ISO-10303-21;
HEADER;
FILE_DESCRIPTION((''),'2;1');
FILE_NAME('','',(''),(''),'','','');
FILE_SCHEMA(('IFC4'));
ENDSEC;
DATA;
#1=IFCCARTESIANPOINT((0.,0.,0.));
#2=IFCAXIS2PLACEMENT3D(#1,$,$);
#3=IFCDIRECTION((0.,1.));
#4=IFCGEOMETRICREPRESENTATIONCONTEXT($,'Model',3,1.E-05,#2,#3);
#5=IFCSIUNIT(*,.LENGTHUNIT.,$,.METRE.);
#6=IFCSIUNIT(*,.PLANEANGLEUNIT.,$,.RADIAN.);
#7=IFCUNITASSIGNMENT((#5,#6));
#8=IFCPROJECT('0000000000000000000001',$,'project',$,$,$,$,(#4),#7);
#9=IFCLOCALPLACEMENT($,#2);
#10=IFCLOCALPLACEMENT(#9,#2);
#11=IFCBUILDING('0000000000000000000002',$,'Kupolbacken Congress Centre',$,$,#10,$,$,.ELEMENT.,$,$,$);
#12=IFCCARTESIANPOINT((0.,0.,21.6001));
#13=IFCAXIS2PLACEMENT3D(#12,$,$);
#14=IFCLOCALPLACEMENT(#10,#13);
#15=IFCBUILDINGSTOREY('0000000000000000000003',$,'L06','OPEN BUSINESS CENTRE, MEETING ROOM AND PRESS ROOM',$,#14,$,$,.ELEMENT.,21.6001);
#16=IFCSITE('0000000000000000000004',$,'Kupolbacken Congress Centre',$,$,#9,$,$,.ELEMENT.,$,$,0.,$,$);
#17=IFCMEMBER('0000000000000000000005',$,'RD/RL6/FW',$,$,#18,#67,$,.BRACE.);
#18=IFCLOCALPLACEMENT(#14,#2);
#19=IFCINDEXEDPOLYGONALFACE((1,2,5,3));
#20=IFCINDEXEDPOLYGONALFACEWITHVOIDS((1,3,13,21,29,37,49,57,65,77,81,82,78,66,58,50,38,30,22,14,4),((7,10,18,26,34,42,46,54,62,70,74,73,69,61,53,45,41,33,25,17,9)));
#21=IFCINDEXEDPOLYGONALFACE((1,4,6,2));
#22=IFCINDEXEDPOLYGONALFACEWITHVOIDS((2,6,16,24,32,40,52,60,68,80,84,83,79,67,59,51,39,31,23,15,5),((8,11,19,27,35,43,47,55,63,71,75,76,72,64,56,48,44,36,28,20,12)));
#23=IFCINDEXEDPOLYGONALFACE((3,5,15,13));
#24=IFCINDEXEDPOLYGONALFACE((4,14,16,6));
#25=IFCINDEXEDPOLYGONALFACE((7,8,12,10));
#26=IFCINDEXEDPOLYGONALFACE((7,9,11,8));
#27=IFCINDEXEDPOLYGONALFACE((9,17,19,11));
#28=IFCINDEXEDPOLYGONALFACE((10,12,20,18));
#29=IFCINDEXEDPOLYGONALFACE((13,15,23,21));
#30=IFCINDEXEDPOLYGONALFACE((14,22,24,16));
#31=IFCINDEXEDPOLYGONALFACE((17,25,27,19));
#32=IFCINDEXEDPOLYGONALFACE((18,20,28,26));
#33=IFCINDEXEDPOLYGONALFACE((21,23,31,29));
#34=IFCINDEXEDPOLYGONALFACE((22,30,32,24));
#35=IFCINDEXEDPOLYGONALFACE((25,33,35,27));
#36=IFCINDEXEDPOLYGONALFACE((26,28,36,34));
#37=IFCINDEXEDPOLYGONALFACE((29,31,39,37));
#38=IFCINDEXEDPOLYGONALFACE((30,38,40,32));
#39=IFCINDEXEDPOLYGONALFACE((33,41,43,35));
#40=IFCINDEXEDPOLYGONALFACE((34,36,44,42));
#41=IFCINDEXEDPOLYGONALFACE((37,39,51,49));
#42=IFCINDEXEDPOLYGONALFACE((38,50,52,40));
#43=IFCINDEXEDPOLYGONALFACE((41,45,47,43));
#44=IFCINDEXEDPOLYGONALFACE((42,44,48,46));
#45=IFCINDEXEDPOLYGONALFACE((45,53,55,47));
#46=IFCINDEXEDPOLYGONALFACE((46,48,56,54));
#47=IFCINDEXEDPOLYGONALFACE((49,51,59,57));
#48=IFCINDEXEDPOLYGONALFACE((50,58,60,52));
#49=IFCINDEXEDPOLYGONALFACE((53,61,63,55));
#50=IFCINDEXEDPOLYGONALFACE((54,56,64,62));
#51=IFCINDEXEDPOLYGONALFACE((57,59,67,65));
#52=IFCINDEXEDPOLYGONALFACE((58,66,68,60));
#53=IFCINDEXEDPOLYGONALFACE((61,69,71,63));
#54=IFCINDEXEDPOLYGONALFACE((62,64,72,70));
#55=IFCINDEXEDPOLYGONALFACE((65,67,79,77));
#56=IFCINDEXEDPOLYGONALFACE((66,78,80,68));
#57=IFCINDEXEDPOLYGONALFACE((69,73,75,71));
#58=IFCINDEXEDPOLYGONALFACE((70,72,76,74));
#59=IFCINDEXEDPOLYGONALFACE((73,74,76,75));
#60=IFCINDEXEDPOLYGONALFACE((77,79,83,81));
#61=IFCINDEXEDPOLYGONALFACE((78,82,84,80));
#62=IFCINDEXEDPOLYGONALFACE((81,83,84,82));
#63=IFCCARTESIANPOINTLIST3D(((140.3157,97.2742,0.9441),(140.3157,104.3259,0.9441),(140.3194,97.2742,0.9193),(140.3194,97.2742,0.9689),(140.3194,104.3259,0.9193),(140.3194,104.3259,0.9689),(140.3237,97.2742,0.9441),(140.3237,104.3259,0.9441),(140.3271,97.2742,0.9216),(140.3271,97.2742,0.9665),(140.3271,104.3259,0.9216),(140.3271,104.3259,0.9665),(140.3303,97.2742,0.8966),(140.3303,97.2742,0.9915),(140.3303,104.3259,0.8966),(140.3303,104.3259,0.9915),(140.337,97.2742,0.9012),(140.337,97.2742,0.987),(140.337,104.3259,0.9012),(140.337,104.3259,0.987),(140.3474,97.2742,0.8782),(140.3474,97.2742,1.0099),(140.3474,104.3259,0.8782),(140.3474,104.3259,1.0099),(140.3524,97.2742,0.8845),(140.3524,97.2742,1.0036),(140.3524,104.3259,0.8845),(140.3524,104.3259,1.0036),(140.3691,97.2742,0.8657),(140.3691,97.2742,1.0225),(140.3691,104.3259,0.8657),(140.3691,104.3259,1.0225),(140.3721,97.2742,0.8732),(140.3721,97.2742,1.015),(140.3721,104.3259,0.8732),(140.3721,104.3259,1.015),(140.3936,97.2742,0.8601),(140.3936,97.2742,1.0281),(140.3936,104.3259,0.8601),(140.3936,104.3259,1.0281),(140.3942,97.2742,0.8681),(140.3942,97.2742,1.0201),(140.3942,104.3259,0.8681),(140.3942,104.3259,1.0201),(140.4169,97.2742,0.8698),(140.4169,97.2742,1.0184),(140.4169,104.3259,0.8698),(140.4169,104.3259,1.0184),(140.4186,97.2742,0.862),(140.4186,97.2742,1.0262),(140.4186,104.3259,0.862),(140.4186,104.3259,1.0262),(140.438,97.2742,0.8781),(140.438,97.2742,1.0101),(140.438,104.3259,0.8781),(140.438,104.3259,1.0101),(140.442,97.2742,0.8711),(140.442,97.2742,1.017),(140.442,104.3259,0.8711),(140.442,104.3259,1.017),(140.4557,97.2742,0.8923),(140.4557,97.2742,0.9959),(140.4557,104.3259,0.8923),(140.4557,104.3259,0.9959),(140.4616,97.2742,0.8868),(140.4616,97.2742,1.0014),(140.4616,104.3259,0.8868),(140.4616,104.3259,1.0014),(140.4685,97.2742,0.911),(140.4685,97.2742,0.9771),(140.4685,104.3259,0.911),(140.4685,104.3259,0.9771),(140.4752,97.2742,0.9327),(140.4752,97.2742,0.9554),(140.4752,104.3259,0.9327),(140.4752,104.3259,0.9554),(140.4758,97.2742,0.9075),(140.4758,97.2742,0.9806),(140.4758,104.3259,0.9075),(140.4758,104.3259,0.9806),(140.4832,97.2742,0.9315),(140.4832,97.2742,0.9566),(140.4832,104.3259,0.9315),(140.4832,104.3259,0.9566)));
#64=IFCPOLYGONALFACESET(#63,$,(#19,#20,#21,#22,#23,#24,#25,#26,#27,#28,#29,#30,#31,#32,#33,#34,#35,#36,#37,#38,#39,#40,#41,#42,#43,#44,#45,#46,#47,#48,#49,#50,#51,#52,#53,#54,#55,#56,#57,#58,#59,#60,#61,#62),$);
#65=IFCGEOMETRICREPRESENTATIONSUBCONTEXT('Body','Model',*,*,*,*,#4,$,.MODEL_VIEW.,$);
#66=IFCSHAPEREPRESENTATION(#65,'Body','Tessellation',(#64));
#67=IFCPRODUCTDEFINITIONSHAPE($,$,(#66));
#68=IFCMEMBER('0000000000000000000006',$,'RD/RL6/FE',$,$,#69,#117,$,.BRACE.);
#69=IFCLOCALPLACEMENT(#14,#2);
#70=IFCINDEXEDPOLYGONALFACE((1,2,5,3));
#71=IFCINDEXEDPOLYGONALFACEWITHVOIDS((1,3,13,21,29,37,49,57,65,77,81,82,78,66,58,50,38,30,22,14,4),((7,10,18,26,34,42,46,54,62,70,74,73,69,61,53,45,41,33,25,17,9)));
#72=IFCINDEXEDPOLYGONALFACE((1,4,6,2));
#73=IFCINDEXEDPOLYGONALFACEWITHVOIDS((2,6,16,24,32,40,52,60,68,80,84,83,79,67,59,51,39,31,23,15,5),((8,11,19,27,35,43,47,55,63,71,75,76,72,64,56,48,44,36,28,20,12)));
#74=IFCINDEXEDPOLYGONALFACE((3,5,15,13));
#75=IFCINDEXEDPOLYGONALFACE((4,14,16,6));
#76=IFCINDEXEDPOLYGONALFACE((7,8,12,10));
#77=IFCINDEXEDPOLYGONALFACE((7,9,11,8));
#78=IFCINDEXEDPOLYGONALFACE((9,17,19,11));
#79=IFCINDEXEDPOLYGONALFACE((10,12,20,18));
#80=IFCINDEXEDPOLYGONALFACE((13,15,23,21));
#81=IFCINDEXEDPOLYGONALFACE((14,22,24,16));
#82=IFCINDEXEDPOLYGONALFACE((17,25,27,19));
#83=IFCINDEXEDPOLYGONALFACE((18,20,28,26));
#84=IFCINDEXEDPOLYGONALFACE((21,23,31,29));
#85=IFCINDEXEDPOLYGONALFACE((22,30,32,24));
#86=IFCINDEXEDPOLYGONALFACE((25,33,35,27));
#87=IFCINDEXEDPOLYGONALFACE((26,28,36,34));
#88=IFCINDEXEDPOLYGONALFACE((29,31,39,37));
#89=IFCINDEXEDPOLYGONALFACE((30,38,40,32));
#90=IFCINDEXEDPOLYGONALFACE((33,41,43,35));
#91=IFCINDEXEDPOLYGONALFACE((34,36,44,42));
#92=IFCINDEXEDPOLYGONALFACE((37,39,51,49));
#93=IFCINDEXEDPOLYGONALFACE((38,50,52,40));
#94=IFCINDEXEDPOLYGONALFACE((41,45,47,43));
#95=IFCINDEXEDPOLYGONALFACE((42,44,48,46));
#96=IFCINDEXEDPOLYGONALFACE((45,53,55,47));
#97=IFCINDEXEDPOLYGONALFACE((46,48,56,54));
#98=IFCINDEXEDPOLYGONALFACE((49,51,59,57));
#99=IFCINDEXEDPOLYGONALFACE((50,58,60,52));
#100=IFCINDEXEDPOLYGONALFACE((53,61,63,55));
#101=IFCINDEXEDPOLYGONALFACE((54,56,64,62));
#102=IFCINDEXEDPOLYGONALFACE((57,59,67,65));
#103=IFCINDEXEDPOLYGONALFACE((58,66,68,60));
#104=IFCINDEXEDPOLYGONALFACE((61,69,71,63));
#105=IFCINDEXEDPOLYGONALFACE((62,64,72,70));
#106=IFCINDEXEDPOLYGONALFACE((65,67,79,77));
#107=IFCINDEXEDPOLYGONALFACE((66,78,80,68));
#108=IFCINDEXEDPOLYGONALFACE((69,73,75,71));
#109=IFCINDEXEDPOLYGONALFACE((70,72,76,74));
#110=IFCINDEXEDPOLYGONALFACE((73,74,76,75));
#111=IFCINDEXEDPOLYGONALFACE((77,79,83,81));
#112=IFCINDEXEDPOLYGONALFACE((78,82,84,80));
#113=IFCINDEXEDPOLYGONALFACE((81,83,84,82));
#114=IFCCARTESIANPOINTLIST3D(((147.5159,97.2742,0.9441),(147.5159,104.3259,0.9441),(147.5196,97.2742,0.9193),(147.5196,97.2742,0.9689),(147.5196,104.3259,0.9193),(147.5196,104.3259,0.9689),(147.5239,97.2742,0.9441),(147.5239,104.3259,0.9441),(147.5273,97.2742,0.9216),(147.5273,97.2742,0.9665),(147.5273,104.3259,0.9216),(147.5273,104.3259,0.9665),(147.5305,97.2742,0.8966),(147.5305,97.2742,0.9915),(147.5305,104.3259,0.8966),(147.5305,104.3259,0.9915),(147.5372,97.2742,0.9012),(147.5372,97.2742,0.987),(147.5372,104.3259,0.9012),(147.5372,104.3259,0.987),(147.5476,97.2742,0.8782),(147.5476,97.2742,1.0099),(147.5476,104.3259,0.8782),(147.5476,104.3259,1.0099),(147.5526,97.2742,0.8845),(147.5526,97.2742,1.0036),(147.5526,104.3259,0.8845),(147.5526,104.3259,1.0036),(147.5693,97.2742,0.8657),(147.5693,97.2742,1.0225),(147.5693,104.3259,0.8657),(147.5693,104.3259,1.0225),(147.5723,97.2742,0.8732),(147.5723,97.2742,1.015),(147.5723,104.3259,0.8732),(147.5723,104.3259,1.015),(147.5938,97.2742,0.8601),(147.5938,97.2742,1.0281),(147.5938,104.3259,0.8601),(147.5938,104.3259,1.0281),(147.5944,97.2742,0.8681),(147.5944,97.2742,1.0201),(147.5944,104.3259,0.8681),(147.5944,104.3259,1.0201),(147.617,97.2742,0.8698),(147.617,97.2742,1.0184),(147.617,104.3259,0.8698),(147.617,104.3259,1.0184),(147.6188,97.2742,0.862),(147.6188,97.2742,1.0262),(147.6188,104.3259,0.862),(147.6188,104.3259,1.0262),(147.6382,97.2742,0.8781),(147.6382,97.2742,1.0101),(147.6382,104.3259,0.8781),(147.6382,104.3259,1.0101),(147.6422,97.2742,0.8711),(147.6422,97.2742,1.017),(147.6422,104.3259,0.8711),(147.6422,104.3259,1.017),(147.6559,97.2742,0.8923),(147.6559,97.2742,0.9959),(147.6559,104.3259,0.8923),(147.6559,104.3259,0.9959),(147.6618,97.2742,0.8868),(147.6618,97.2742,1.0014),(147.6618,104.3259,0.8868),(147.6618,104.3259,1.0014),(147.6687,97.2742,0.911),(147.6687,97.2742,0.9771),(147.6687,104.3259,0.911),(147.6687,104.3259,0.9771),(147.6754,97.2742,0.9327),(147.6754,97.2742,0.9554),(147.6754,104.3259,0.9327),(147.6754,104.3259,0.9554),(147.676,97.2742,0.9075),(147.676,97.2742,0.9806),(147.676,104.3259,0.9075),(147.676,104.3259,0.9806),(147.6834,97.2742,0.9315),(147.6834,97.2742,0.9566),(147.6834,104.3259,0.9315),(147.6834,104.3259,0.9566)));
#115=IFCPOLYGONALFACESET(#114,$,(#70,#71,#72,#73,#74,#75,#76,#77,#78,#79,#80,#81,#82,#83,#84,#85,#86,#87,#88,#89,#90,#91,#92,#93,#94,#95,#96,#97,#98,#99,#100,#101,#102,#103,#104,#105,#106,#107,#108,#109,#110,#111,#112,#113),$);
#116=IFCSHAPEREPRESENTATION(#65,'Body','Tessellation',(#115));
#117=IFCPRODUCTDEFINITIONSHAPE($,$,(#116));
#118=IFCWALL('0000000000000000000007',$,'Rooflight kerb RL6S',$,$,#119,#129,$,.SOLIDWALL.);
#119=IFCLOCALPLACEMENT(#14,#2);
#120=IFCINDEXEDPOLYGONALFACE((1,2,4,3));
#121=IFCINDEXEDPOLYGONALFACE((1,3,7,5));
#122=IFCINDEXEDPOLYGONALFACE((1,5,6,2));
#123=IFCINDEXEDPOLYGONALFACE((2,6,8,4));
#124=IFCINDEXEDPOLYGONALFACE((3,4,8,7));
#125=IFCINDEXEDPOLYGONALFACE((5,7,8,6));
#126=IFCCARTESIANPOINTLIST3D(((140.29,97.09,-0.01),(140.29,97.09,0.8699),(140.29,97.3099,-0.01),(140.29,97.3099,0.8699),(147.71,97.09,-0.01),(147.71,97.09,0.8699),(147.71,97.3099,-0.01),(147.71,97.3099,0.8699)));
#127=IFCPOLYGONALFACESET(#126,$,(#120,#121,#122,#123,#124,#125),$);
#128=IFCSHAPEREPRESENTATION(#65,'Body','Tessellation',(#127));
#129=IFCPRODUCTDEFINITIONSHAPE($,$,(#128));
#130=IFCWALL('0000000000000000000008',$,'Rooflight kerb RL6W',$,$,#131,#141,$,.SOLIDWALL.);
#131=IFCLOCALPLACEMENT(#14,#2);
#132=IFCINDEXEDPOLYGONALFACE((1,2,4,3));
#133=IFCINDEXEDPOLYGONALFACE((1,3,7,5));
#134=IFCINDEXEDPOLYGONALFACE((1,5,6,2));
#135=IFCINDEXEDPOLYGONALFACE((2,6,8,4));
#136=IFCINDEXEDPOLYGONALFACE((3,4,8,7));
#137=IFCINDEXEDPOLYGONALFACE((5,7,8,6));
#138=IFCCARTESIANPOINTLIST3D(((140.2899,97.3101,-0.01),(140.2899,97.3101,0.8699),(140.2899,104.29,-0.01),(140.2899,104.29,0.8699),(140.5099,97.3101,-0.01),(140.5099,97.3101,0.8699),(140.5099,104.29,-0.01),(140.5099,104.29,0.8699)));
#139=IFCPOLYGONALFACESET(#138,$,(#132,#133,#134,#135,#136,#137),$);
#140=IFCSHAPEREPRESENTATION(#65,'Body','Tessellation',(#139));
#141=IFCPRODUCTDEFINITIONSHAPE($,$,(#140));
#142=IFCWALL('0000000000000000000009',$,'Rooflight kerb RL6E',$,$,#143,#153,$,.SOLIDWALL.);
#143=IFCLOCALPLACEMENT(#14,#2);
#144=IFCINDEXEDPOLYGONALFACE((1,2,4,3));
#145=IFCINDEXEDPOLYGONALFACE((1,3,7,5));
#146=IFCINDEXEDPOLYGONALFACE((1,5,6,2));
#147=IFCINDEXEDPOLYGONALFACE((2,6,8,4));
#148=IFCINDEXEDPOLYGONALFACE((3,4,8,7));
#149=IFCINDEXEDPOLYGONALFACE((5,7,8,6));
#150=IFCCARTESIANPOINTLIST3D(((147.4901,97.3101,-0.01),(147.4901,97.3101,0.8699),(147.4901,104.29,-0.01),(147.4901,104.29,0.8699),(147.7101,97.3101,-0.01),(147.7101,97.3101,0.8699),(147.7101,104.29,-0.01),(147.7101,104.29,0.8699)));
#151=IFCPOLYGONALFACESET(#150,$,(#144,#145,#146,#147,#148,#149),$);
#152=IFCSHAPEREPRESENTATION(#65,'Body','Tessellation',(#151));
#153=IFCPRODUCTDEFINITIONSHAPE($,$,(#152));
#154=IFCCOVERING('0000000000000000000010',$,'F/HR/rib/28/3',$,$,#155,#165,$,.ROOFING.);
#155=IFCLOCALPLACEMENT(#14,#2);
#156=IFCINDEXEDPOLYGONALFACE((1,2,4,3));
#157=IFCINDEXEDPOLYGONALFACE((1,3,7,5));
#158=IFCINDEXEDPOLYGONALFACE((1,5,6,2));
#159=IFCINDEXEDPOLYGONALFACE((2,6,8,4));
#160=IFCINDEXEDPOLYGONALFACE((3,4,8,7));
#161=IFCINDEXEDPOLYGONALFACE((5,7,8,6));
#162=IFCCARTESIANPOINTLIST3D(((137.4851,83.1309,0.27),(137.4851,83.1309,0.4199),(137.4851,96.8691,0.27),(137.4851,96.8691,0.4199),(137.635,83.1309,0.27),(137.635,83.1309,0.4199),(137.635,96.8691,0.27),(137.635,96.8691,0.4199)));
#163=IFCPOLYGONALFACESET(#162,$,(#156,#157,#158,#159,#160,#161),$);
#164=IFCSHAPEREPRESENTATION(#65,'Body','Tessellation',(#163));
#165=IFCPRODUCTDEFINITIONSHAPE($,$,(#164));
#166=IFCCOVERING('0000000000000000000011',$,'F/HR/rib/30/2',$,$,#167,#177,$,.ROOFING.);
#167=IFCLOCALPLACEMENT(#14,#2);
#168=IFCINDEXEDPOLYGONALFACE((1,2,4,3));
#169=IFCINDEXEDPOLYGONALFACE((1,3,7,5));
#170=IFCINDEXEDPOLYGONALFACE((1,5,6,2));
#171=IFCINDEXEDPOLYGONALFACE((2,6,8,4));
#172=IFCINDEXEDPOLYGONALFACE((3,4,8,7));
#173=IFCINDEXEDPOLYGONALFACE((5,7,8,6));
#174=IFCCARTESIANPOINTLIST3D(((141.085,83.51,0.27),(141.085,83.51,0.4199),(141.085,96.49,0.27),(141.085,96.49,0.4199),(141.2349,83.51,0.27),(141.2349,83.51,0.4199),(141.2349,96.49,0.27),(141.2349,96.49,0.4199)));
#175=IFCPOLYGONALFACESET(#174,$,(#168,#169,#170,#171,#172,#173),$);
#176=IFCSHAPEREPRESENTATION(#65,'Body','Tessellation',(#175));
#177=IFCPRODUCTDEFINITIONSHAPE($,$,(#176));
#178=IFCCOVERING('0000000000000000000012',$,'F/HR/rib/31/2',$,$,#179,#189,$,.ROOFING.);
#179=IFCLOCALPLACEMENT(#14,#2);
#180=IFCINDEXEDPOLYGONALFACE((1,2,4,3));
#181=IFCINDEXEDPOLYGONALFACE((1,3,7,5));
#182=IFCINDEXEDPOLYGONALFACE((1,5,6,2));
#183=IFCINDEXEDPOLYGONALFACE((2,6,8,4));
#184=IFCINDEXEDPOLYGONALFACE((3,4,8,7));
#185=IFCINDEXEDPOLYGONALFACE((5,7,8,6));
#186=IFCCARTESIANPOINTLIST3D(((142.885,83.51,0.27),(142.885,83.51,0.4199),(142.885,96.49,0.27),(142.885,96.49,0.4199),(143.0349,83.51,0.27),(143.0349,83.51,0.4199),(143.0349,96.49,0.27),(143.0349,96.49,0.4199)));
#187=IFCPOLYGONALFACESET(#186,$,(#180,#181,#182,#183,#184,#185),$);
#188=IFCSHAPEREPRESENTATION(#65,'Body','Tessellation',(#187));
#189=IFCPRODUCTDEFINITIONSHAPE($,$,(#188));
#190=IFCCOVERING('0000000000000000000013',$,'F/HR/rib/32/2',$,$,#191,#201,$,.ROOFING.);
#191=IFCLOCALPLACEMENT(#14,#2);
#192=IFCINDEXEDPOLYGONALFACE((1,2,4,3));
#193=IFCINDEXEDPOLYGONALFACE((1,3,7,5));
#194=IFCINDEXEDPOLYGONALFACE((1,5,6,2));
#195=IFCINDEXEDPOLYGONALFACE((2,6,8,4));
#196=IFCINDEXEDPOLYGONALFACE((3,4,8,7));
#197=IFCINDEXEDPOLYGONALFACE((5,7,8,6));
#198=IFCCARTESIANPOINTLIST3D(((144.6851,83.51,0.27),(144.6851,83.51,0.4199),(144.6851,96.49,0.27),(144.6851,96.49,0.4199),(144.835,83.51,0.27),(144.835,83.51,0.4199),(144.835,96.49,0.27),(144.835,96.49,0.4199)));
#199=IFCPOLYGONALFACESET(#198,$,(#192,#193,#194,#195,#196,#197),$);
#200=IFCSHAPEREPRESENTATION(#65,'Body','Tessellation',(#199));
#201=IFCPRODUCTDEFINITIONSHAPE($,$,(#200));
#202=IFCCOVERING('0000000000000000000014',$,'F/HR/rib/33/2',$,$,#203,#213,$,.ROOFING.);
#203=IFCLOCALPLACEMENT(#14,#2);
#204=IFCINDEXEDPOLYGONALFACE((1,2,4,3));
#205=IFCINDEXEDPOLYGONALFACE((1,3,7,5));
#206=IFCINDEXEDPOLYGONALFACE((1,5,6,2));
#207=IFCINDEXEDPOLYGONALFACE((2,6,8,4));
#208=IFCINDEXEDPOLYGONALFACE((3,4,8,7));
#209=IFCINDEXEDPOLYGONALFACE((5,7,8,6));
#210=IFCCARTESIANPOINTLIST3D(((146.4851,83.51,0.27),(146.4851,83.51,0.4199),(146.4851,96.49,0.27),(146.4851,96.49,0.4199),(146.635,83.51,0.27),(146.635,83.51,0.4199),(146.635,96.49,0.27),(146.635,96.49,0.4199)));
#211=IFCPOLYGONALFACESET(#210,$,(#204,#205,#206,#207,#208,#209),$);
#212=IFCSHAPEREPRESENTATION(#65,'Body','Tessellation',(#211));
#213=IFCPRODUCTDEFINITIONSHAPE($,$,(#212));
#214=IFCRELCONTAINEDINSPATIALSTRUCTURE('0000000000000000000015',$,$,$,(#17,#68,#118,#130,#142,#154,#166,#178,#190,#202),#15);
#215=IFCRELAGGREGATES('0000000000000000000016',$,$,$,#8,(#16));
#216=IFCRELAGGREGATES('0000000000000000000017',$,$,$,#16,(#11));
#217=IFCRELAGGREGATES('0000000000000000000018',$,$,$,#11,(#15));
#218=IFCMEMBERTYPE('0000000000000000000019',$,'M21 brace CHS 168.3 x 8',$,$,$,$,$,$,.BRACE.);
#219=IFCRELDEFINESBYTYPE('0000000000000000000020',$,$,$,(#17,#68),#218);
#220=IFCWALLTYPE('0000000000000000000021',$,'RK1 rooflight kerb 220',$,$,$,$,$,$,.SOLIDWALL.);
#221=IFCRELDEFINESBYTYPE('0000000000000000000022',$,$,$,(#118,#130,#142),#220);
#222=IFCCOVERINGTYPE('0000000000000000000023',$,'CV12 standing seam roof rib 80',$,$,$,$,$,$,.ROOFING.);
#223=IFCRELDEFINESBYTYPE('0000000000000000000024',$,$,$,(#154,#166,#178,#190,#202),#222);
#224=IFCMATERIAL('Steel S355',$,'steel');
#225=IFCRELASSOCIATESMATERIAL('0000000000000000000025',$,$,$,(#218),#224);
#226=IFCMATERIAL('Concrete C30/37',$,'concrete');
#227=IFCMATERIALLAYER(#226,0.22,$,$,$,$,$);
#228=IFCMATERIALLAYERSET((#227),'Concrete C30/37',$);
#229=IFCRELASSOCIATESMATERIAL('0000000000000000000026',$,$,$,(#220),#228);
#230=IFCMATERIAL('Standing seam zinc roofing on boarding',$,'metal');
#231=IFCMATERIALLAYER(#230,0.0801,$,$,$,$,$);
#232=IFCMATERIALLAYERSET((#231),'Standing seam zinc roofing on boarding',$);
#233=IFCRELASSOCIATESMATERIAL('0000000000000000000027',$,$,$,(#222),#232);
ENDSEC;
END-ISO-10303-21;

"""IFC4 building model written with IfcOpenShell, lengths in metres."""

from ifc_helpers import new_model, si_unit, direction, frame, frame_2d, origin, origin_2d, place, context, subcontext, project, spatial, rectangle, hollow_circle, extrude, material, layer, layer_set, material_profile, profile_set, type_object, element, save


model = new_model("IFC4")

# Units and contexts
model_context = context("Model", 3, precision=1e-05, world=origin(), true_north=direction((0.0, 1.0)))
body_context = subcontext(model_context, "Body", "Model", "MODEL_VIEW")
ifc_project = project(units=[si_unit("LENGTHUNIT", "METRE"), si_unit("PLANEANGLEUNIT", "RADIAN")], contexts=[model_context])

# Site, building, storey
site_placement = place(None, origin())
site = spatial("IfcSite", under=ifc_project, at=site_placement, Name="Kupolbacken Congress Centre", CompositionType="ELEMENT", RefElevation=0.0)
building_placement = place(site_placement, origin())
building = spatial("IfcBuilding", under=site, at=building_placement, Name="Kupolbacken Congress Centre", CompositionType="ELEMENT")
storey_placement = place(building_placement, frame((0.0, 0.0, 21.6001)))
storey = spatial("IfcBuildingStorey", under=building, at=storey_placement, Name="L06", Description="OPEN BUSINESS CENTRE, MEETING ROOM AND PRESS ROOM", CompositionType="ELEMENT", Elevation=21.6001)

# Members
ifc_material_1 = material(Name="Steel S355", Category="steel")
ifc_material_profile_1 = material_profile(ifc_material_1, hollow_circle(Radius=0.0842, WallThickness=0.0081, at=origin_2d()), Name="CHS 168.3 x 8")
ifc_profile_set_1 = profile_set([ifc_material_profile_1], Name="Steel S355")
member_type_1 = type_object("IfcMemberType", Name="M21 brace CHS 168.3 x 8", PredefinedType="BRACE", material=ifc_profile_set_1)
for number, where, z_axis, x_axis, name in (
    (1, (140.3999, 97.2742, 0.9441), (0.0, 1.0, 0.0), (-1.0, 0.0, 0.0), "RD/RL6/FW"),
    (2, (147.6001, 97.2742, 0.9441), (0.0, 1.0, 0.0), (-1.0, 0.0, 0.0), "RD/RL6/FE"),
):
    element("IfcMember", number, at=place(storey_placement, frame(where, z_axis=z_axis, x_axis=x_axis)), inside=storey, type_object=member_type_1, Name=name, PredefinedType="BRACE", context=body_context, shape_type="SweptSolid", body=[
        extrude(hollow_circle(Radius=0.0842, WallThickness=0.0081, at=origin_2d()), origin(), (0.0, 0.0, 1.0), 7.0518),
    ])

# Walls
ifc_material_2 = material(Name="Concrete C30/37", Category="concrete")
ifc_layer_1 = layer(ifc_material_2, 0.22)
ifc_layer_set_1 = layer_set([ifc_layer_1], Name="Concrete C30/37")
wall_type = type_object("IfcWallType", Name="RK1 rooflight kerb 220", PredefinedType="SOLIDWALL", material=ifc_layer_set_1)
wall_placement = place(storey_placement, frame((140.29, 97.2, -0.01), z_axis=(0.0, 0.0, 1.0), x_axis=(1.0, 0.0, 0.0)))
element("IfcWall", 3, at=wall_placement, inside=storey, type_object=wall_type, Name="Rooflight kerb RL6S", PredefinedType="SOLIDWALL", context=body_context, shape_type="SweptSolid", body=[
    extrude(rectangle(XDim=7.4199, YDim=0.22, at=frame_2d((3.71, 0.0))), origin(), (0.0, 0.0, 1.0), 0.8799),
])
for number, where, z_axis, x_axis, name in (
    (4, (140.3999, 97.3101, -0.01), (0.0, 0.0, 1.0), (0.0, 1.0, 0.0), "Rooflight kerb RL6W"),
    (5, (147.6001, 97.3101, -0.01), (0.0, 0.0, 1.0), (0.0, 1.0, 0.0), "Rooflight kerb RL6E"),
):
    element("IfcWall", number, at=place(storey_placement, frame(where, z_axis=z_axis, x_axis=x_axis)), inside=storey, type_object=wall_type, Name=name, PredefinedType="SOLIDWALL", context=body_context, shape_type="SweptSolid", body=[
        extrude(rectangle(XDim=6.98, YDim=0.22, at=frame_2d((3.49, 0.0))), origin(), (0.0, 0.0, 1.0), 0.8799),
    ])

# Coverings
ifc_material_3 = material(Name="Standing seam zinc roofing on boarding", Category="metal")
ifc_layer_2 = layer(ifc_material_3, 0.0801)
ifc_layer_set_2 = layer_set([ifc_layer_2], Name="Standing seam zinc roofing on boarding")
covering_type = type_object("IfcCoveringType", Name="CV12 standing seam roof rib 80", PredefinedType="ROOFING", material=ifc_layer_set_2)
covering_placement = place(storey_placement, frame((137.5601, 90.0, 0.27), z_axis=(0.0, 0.0, 1.0), x_axis=(0.0, 1.0, 0.0)))
element("IfcCovering", 6, at=covering_placement, inside=storey, type_object=covering_type, Name="F/HR/rib/28/3", PredefinedType="ROOFING", context=body_context, shape_type="SweptSolid", body=[
    extrude(rectangle(XDim=13.7383, YDim=0.1499, at=origin_2d()), origin(), (0.0, 0.0, 1.0), 0.1499),
])
for number, where, z_axis, x_axis, name in (
    (7, (141.1599, 90.0, 0.27), (0.0, 0.0, 1.0), (0.0, 1.0, 0.0), "F/HR/rib/30/2"),
    (8, (142.96, 90.0, 0.27), (0.0, 0.0, 1.0), (0.0, 1.0, 0.0), "F/HR/rib/31/2"),
    (9, (144.76, 90.0, 0.27), (0.0, 0.0, 1.0), (0.0, 1.0, 0.0), "F/HR/rib/32/2"),
    (10, (146.5601, 90.0, 0.27), (0.0, 0.0, 1.0), (0.0, 1.0, 0.0), "F/HR/rib/33/2"),
):
    element("IfcCovering", number, at=place(storey_placement, frame(where, z_axis=z_axis, x_axis=x_axis)), inside=storey, type_object=covering_type, Name=name, PredefinedType="ROOFING", context=body_context, shape_type="SweptSolid", body=[
        extrude(rectangle(XDim=12.98, YDim=0.1499, at=origin_2d()), origin(), (0.0, 0.0, 1.0), 0.1499),
    ])

save(model, "model.ifc")
